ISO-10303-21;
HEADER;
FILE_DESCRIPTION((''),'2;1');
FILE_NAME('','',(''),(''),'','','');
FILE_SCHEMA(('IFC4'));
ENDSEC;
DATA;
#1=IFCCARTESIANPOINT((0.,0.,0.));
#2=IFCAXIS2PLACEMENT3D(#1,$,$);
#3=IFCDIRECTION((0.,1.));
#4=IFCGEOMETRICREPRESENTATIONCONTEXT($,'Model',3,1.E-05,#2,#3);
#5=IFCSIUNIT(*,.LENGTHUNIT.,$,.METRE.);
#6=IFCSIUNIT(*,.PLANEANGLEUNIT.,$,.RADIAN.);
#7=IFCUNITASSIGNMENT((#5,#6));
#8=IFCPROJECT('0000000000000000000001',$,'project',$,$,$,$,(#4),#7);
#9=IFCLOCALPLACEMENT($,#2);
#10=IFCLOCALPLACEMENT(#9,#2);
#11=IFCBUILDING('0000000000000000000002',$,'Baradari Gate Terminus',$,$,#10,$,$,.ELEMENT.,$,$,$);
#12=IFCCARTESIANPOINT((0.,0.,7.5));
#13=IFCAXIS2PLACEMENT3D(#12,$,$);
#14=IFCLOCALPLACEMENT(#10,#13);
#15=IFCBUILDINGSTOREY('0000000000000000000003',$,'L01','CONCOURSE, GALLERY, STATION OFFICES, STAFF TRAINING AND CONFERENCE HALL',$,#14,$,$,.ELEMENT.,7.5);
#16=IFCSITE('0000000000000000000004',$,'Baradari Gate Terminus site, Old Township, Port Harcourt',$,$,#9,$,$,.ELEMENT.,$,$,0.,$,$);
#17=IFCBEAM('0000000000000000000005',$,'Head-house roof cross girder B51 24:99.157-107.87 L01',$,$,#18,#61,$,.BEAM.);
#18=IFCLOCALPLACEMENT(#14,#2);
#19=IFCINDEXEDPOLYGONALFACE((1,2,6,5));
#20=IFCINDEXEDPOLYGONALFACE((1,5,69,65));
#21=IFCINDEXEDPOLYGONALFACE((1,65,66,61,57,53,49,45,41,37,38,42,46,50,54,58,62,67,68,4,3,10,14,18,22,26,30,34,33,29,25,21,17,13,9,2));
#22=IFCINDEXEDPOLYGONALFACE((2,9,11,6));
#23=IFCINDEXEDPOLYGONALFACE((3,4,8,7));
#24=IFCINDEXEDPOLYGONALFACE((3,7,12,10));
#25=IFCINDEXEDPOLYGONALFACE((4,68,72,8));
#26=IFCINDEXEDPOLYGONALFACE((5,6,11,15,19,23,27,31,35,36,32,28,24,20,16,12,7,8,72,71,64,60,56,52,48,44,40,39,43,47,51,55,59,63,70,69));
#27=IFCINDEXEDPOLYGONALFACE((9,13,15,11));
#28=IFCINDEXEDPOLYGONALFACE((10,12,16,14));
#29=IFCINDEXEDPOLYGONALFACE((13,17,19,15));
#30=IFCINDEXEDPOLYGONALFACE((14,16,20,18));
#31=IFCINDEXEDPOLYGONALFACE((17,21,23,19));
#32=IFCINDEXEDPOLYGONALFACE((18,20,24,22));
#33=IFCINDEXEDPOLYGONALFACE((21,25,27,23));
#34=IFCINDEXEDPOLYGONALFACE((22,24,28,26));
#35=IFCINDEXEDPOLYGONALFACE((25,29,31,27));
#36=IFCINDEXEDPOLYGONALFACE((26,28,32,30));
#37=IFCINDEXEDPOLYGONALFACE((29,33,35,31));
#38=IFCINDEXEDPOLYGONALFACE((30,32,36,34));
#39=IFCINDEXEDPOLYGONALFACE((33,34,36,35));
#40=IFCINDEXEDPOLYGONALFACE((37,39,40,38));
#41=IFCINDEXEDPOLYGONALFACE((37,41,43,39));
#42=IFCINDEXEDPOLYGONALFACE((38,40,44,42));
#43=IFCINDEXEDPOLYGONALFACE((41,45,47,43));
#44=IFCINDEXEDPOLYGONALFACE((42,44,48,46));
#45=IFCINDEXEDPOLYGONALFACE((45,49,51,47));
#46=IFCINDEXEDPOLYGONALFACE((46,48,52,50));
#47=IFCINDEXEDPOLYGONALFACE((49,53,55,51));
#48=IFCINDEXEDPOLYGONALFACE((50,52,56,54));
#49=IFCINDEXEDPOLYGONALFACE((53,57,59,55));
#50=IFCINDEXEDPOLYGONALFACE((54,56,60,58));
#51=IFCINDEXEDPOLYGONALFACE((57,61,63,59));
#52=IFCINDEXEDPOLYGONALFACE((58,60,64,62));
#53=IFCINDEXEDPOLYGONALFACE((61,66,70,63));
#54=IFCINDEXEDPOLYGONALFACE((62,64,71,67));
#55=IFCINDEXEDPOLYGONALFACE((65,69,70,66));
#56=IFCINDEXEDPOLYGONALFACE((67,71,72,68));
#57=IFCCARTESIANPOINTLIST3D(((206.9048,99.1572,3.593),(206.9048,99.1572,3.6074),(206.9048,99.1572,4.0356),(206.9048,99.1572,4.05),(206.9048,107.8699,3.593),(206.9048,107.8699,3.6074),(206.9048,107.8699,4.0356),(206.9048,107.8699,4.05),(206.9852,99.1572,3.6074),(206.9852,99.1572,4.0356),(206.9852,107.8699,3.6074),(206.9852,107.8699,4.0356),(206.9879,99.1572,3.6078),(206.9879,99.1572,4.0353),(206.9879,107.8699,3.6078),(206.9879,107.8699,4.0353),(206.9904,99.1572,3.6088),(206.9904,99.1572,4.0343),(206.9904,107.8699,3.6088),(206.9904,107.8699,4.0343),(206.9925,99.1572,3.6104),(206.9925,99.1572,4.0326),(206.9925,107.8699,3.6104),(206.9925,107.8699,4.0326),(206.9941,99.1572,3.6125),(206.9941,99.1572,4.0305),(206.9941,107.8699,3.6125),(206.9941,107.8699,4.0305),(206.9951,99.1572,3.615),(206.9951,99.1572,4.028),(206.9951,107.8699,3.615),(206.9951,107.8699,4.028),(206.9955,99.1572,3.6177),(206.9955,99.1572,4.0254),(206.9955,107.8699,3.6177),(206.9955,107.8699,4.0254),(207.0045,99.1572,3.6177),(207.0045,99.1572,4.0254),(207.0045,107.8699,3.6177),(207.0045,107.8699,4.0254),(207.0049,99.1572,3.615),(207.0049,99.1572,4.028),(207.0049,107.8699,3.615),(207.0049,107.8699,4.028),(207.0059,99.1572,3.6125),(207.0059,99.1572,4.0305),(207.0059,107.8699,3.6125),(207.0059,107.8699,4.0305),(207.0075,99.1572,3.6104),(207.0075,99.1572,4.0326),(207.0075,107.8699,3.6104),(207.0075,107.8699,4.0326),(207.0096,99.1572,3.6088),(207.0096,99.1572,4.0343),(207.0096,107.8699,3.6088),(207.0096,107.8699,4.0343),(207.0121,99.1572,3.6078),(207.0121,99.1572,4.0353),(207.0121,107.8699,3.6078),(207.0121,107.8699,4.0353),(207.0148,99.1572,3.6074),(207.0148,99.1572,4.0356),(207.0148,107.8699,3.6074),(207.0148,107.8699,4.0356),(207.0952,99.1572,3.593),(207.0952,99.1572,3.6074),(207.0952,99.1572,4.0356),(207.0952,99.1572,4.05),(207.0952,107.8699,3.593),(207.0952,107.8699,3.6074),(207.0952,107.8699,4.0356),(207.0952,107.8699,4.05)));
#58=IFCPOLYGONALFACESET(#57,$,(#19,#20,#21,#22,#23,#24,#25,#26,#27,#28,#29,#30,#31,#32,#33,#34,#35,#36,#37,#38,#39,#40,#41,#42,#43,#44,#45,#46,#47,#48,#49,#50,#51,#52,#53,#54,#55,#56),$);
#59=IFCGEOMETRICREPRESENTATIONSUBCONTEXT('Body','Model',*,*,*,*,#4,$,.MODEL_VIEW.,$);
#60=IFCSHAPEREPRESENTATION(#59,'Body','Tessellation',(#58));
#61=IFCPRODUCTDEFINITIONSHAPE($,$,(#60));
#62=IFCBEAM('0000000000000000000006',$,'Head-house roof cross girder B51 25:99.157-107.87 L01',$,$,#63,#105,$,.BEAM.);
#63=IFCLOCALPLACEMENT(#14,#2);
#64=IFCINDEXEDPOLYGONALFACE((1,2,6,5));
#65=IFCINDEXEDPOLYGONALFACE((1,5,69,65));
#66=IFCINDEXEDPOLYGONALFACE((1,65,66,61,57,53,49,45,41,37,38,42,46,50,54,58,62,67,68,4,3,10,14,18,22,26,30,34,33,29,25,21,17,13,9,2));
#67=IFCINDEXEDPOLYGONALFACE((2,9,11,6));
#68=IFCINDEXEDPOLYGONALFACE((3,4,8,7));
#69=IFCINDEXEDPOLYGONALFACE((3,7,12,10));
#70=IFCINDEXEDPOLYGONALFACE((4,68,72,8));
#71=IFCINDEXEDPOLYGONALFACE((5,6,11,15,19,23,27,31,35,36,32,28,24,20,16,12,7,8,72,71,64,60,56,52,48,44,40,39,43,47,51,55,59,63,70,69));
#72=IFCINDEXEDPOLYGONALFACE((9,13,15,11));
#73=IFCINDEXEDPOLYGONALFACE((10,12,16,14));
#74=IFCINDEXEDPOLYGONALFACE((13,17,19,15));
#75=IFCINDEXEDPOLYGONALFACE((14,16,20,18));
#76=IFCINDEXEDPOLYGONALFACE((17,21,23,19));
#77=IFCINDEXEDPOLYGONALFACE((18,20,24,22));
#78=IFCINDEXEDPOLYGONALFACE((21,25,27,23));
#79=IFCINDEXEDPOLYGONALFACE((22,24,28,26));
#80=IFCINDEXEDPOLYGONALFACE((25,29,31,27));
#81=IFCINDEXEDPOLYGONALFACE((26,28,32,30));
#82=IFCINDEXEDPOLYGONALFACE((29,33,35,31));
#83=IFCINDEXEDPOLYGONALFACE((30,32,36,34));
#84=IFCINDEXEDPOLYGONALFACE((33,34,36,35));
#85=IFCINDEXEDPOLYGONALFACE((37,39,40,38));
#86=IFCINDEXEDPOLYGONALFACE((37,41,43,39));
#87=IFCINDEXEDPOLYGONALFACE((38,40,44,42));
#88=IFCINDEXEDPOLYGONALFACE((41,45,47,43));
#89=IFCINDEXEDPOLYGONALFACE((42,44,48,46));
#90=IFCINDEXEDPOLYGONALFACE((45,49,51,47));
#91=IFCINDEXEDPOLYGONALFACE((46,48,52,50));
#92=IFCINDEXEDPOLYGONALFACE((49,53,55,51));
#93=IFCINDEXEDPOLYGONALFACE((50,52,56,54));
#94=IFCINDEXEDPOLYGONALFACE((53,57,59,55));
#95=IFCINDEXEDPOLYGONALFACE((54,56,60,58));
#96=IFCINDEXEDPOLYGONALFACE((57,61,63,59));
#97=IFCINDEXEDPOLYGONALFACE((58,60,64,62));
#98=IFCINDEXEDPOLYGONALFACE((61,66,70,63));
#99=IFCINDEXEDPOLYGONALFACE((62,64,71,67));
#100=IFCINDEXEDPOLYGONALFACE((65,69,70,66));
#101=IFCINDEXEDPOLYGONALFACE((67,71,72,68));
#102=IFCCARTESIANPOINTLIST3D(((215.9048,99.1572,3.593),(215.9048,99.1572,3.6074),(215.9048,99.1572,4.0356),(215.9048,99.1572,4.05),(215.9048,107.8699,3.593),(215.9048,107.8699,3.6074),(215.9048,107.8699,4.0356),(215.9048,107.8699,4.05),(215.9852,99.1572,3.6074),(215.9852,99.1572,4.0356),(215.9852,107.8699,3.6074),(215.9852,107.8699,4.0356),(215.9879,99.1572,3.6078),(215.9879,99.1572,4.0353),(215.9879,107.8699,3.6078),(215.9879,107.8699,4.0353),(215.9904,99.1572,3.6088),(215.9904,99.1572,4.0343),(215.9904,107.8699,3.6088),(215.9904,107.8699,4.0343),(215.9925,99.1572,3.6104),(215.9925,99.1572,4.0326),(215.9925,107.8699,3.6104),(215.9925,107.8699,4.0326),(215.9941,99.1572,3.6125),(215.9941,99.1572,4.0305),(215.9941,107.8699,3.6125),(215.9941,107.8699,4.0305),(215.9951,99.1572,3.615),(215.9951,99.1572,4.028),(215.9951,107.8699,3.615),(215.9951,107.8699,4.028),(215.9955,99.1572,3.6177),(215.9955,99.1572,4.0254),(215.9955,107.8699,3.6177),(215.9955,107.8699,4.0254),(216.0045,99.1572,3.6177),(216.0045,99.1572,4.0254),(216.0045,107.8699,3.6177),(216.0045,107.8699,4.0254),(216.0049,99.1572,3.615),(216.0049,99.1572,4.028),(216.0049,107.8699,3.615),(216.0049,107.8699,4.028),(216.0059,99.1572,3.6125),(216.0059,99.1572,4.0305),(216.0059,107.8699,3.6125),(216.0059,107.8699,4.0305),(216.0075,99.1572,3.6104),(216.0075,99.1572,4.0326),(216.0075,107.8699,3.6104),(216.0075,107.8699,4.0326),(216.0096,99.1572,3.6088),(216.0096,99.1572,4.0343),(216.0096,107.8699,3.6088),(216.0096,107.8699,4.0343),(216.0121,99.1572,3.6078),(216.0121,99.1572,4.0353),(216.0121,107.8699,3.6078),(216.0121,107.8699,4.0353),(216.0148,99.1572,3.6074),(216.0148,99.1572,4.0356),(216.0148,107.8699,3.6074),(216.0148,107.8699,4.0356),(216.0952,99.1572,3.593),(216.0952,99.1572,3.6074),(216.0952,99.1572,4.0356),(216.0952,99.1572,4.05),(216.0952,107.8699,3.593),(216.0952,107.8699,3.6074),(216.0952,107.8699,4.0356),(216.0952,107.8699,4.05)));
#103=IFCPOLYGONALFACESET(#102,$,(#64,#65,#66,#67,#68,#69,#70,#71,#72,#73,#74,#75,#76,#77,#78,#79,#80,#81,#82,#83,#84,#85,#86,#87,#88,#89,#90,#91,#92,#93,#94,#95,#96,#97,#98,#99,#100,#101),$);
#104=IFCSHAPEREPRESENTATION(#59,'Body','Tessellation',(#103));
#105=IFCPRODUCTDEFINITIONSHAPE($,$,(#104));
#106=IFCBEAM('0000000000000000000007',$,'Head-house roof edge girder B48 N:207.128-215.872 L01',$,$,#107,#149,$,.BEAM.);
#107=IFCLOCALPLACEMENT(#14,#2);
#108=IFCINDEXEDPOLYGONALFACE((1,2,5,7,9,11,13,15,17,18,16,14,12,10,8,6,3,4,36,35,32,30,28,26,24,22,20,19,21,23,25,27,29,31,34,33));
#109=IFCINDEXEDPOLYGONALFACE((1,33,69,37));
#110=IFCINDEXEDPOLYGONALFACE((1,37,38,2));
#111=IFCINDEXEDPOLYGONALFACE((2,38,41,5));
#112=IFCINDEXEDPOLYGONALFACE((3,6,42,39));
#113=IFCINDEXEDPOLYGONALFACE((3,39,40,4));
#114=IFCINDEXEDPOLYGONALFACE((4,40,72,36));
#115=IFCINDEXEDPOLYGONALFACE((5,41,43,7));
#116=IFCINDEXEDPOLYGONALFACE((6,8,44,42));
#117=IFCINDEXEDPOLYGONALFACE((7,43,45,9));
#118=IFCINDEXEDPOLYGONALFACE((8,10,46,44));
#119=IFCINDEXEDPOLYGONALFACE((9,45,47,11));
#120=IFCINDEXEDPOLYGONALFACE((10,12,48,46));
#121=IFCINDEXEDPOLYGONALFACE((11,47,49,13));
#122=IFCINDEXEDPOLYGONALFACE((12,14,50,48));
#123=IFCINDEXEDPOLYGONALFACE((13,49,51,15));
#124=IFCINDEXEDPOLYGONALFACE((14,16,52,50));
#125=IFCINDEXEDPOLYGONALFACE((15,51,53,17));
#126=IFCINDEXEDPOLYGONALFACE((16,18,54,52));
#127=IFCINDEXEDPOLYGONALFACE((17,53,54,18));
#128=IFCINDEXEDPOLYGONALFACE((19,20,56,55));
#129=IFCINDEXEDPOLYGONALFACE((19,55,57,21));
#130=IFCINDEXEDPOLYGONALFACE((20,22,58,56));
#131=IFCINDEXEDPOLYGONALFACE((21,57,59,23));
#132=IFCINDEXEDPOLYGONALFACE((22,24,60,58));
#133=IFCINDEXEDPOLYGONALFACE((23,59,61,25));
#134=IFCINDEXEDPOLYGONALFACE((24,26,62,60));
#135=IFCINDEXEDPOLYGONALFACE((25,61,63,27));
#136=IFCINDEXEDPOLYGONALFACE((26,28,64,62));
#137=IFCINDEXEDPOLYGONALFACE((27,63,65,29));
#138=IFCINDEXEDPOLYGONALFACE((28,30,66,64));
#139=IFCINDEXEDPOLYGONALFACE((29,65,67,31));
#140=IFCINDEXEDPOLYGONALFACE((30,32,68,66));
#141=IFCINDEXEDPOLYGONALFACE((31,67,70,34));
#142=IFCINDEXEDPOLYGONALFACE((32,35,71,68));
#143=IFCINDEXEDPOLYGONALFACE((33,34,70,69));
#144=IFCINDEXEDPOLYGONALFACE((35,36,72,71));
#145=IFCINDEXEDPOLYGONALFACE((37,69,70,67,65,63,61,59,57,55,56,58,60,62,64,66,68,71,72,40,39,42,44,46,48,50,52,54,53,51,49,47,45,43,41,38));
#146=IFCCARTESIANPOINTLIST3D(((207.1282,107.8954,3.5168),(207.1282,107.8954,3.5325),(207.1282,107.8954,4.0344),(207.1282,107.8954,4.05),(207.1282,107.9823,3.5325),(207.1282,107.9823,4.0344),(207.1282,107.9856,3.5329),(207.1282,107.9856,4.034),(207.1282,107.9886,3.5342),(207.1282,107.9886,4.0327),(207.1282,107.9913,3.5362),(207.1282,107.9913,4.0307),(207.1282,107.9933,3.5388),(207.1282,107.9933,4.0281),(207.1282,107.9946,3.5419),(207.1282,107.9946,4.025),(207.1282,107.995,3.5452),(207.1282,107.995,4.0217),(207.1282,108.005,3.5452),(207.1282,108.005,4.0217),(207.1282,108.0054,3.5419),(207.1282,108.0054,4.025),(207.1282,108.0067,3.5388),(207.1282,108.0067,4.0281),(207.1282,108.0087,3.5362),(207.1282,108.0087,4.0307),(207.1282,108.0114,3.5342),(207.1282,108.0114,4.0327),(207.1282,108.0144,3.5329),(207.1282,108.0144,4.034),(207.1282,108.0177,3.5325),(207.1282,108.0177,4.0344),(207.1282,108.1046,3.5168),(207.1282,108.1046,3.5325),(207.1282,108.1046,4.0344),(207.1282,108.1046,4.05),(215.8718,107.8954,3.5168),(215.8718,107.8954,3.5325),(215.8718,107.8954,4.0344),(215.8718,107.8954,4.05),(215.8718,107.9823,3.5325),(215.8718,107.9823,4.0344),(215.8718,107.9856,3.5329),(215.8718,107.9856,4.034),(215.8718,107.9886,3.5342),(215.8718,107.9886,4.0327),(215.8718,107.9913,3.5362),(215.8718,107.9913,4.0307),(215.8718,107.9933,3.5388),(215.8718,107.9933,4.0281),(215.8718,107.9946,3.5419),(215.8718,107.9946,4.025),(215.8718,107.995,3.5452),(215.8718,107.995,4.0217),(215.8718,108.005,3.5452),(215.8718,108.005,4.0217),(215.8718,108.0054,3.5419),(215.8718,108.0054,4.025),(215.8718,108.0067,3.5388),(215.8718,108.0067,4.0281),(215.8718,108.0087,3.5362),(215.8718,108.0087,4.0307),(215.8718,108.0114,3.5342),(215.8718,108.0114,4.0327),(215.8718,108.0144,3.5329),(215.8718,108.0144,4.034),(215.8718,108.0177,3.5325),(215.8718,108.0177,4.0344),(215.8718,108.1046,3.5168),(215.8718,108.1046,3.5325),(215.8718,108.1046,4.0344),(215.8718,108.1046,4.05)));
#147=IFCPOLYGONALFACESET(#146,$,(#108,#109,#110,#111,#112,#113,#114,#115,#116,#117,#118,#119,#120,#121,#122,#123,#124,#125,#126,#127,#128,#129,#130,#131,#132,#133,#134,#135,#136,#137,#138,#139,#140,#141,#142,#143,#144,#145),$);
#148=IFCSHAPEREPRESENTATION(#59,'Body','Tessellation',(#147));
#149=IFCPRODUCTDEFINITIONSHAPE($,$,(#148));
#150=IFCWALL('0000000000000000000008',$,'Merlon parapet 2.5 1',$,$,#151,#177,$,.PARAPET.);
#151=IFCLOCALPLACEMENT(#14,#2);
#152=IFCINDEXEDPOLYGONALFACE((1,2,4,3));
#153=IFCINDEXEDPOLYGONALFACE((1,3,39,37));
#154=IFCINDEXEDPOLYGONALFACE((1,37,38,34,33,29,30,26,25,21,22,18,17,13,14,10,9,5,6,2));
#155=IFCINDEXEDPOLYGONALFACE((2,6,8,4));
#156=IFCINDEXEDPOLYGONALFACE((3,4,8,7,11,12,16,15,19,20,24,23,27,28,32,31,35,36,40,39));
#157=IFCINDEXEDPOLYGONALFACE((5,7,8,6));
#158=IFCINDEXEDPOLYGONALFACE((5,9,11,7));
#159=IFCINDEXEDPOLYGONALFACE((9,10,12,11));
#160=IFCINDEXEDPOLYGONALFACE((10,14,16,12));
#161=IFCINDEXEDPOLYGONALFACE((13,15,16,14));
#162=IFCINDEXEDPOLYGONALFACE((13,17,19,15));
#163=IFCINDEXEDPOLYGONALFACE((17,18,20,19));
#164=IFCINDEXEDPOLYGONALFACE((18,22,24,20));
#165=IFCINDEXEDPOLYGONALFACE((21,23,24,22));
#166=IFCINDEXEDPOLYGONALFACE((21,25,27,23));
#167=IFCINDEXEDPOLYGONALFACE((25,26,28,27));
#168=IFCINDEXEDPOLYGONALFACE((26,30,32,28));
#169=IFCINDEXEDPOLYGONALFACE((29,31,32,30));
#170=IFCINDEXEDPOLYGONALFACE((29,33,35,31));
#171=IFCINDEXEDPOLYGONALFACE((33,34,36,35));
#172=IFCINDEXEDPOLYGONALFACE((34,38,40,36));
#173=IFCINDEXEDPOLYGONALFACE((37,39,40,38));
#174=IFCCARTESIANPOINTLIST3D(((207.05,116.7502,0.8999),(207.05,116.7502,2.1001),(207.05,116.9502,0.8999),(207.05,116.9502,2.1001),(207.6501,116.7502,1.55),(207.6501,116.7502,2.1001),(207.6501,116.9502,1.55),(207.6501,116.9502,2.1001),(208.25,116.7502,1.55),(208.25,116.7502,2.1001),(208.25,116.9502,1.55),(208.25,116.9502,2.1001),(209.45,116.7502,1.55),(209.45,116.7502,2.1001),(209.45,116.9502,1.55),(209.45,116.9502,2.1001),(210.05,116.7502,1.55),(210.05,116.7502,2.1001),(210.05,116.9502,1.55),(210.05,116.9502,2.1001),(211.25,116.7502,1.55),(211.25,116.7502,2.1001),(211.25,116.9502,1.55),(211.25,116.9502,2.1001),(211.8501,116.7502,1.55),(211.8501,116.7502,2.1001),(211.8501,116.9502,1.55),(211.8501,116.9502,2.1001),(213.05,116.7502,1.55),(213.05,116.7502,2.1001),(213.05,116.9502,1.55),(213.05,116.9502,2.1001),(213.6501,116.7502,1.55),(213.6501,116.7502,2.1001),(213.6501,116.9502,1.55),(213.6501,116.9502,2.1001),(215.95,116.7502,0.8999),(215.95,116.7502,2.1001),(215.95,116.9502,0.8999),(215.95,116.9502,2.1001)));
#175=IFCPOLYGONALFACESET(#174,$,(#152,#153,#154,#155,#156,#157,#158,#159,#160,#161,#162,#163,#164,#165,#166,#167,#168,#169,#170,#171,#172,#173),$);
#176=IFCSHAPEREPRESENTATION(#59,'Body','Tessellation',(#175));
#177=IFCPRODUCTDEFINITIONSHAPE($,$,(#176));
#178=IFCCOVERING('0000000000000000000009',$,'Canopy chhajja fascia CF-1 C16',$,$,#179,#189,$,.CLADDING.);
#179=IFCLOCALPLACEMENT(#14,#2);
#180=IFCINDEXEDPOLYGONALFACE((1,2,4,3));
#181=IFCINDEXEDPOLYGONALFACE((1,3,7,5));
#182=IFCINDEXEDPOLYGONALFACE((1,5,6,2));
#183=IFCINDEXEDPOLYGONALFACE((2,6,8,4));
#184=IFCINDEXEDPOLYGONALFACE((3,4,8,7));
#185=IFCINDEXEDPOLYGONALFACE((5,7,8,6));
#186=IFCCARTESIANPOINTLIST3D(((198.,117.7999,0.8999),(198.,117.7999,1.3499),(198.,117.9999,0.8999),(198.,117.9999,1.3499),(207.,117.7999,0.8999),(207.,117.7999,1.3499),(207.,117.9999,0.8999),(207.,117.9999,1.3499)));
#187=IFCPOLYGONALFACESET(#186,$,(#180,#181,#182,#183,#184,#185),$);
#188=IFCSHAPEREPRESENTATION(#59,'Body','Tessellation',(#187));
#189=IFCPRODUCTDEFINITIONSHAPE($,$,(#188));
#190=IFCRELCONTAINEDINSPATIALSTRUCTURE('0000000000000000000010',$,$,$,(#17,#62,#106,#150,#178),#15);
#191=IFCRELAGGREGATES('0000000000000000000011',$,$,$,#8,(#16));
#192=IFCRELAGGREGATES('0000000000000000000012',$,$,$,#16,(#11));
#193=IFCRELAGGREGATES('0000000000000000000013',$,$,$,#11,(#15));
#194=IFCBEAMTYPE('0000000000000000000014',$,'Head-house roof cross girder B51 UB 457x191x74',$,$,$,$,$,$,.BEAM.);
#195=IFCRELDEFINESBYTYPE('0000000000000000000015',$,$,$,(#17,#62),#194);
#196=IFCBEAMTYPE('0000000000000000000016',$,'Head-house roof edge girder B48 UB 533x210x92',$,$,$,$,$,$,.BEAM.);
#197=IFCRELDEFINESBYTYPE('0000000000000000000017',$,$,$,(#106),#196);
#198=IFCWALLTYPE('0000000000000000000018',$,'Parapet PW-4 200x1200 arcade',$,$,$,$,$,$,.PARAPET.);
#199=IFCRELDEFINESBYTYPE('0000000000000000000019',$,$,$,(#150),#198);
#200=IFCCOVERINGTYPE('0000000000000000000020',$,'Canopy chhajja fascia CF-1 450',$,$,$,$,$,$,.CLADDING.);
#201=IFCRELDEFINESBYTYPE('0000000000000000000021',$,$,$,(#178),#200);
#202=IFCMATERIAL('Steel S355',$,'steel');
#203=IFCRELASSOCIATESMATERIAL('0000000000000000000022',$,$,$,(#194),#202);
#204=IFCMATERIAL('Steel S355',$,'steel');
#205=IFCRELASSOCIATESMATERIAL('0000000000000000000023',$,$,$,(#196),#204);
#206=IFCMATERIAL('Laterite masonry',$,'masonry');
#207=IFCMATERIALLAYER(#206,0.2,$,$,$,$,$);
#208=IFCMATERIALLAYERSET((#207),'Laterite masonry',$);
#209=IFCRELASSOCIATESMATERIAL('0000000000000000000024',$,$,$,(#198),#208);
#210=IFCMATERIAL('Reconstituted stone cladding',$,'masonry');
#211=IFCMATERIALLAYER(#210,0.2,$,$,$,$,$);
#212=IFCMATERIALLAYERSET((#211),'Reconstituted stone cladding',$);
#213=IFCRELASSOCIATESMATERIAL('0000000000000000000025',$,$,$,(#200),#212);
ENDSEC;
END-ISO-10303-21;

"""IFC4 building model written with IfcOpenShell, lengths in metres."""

from ifc_helpers import new_model, si_unit, direction, frame, origin, origin_2d, place, context, subcontext, project, spatial, polyline, rectangle, i_section, outline, extrude, material, layer, layer_set, material_profile, profile_set, type_object, element, save


model = new_model("IFC4")

# Units and contexts
model_context = context("Model", 3, precision=1e-05, world=origin(), true_north=direction((0.0, 1.0)))
body_context = subcontext(model_context, "Body", "Model", "MODEL_VIEW")
ifc_project = project(units=[si_unit("LENGTHUNIT", "METRE"), si_unit("PLANEANGLEUNIT", "RADIAN")], contexts=[model_context])

# Site, building, storey
site_placement = place(None, origin())
site = spatial("IfcSite", under=ifc_project, at=site_placement, Name="Baradari Gate Terminus site, Old Township, Port Harcourt", CompositionType="ELEMENT", RefElevation=0.0)
building_placement = place(site_placement, origin())
building = spatial("IfcBuilding", under=site, at=building_placement, Name="Baradari Gate Terminus", CompositionType="ELEMENT")
storey_placement = place(building_placement, frame((0.0, 0.0, 7.5)))
storey = spatial("IfcBuildingStorey", under=building, at=storey_placement, Name="L01", Description="CONCOURSE, GALLERY, STATION OFFICES, STAFF TRAINING AND CONFERENCE HALL", CompositionType="ELEMENT", Elevation=7.5)

# Beams
ifc_material_1 = material(Name="Steel S355", Category="steel")
ifc_material_profile_1 = material_profile(ifc_material_1, i_section(OverallWidth=0.1904, OverallDepth=0.457, WebThickness=0.009, FlangeThickness=0.0144, FilletRadius=0.0103, at=origin_2d()), Name="UB 457x191x74")
ifc_profile_set_1 = profile_set([ifc_material_profile_1], Name="Steel S355")
beam_type_1 = type_object("IfcBeamType", Name="Head-house roof cross girder B51 UB 457x191x74", PredefinedType="BEAM", material=ifc_profile_set_1)
for number, where, z_axis, x_axis, name in (
    (1, (207.0, 99.1572, 3.8215), (0.0, 1.0, 0.0), (-1.0, 0.0, 0.0), "Head-house roof cross girder B51 24:99.157-107.87 L01"),
    (2, (216.0, 99.1572, 3.8215), (0.0, 1.0, 0.0), (-1.0, 0.0, 0.0), "Head-house roof cross girder B51 25:99.157-107.87 L01"),
):
    element("IfcBeam", number, at=place(storey_placement, frame(where, z_axis=z_axis, x_axis=x_axis)), inside=storey, type_object=beam_type_1, Name=name, PredefinedType="BEAM", context=body_context, shape_type="SweptSolid", body=[
        extrude(i_section(OverallWidth=0.1904, OverallDepth=0.457, WebThickness=0.009, FlangeThickness=0.0144, FilletRadius=0.0103, at=origin_2d()), origin(), (0.0, 0.0, 1.0), 8.7126),
    ])
ifc_material_2 = material(Name="Steel S355", Category="steel")
ifc_material_profile_2 = material_profile(ifc_material_2, i_section(OverallWidth=0.2092, OverallDepth=0.5332, WebThickness=0.01, FlangeThickness=0.0156, FilletRadius=0.0127, at=origin_2d()), Name="UB 533x210x92")
ifc_profile_set_2 = profile_set([ifc_material_profile_2], Name="Steel S355")
beam_type_2 = type_object("IfcBeamType", Name="Head-house roof edge girder B48 UB 533x210x92", PredefinedType="BEAM", material=ifc_profile_set_2)
beam_1_placement = place(storey_placement, frame((207.1282, 108.0, 3.7834), z_axis=(1.0, 0.0, 0.0), x_axis=(0.0, 1.0, 0.0)))
element("IfcBeam", 3, at=beam_1_placement, inside=storey, type_object=beam_type_2, Name="Head-house roof edge girder B48 N:207.128-215.872 L01", PredefinedType="BEAM", context=body_context, shape_type="SweptSolid", body=[
    extrude(i_section(OverallWidth=0.2092, OverallDepth=0.5332, WebThickness=0.01, FlangeThickness=0.0156, FilletRadius=0.0127, at=origin_2d()), origin(), (0.0, 0.0, 1.0), 8.7437),
])

# Wall
ifc_material_3 = material(Name="Laterite masonry", Category="masonry")
ifc_layer_1 = layer(ifc_material_3, 0.2)
ifc_layer_set_1 = layer_set([ifc_layer_1], Name="Laterite masonry")
wall_type_1 = type_object("IfcWallType", Name="Parapet PW-4 200x1200 arcade", PredefinedType="PARAPET", material=ifc_layer_set_1)
wall_1_placement = place(storey_placement, frame((207.05, 116.8501, 0.8999), z_axis=(0.0, 0.0, 1.0), x_axis=(1.0, 0.0, 0.0)))
element("IfcWall", 4, at=wall_1_placement, inside=storey, type_object=wall_type_1, Name="Merlon parapet 2.5 1", PredefinedType="PARAPET", context=body_context, shape_type="SweptSolid", body=[
    extrude(outline(polyline([(6.6001, 1.2002), (6.6001, 0.6501), (6.0, 0.6501), (6.0, 1.2002), (4.8, 1.2002), (4.8, 0.6501), (4.2, 0.6501), (4.2, 1.2002), (3.0, 1.2002), (3.0, 0.6501), (2.3999, 0.6501), (2.3999, 1.2002), (1.2, 1.2002), (1.2, 0.6501), (0.6001, 0.6501), (0.6001, 1.2002), (0.0, 1.2002), (0.0, 0.0), (8.8999, 0.0), (8.8999, 1.2002), (6.6001, 1.2002)])), frame((0.0, 0.1001, 0.0), z_axis=(0.0, -1.0, 0.0), x_axis=(1.0, 0.0, 0.0)), (0.0, 0.0, 1.0), 0.2),
])

# Covering
ifc_material_4 = material(Name="Reconstituted stone cladding", Category="masonry")
ifc_layer_2 = layer(ifc_material_4, 0.2)
ifc_layer_set_2 = layer_set([ifc_layer_2], Name="Reconstituted stone cladding")
covering_type_1 = type_object("IfcCoveringType", Name="Canopy chhajja fascia CF-1 450", PredefinedType="CLADDING", material=ifc_layer_set_2)
for number, where, z_axis, x_axis, name in (
    (5, (202.5, 117.8999, 0.8999), (0.0, 0.0, 1.0), (1.0, 0.0, 0.0), "Canopy chhajja fascia CF-1 C16"),
):
    element("IfcCovering", number, at=place(storey_placement, frame(where, z_axis=z_axis, x_axis=x_axis)), inside=storey, type_object=covering_type_1, Name=name, PredefinedType="CLADDING", context=body_context, shape_type="SweptSolid", body=[
        extrude(rectangle(XDim=9.0, YDim=0.2, at=origin_2d()), origin(), (0.0, 0.0, 1.0), 0.45),
    ])

save(model, "model.ifc")
